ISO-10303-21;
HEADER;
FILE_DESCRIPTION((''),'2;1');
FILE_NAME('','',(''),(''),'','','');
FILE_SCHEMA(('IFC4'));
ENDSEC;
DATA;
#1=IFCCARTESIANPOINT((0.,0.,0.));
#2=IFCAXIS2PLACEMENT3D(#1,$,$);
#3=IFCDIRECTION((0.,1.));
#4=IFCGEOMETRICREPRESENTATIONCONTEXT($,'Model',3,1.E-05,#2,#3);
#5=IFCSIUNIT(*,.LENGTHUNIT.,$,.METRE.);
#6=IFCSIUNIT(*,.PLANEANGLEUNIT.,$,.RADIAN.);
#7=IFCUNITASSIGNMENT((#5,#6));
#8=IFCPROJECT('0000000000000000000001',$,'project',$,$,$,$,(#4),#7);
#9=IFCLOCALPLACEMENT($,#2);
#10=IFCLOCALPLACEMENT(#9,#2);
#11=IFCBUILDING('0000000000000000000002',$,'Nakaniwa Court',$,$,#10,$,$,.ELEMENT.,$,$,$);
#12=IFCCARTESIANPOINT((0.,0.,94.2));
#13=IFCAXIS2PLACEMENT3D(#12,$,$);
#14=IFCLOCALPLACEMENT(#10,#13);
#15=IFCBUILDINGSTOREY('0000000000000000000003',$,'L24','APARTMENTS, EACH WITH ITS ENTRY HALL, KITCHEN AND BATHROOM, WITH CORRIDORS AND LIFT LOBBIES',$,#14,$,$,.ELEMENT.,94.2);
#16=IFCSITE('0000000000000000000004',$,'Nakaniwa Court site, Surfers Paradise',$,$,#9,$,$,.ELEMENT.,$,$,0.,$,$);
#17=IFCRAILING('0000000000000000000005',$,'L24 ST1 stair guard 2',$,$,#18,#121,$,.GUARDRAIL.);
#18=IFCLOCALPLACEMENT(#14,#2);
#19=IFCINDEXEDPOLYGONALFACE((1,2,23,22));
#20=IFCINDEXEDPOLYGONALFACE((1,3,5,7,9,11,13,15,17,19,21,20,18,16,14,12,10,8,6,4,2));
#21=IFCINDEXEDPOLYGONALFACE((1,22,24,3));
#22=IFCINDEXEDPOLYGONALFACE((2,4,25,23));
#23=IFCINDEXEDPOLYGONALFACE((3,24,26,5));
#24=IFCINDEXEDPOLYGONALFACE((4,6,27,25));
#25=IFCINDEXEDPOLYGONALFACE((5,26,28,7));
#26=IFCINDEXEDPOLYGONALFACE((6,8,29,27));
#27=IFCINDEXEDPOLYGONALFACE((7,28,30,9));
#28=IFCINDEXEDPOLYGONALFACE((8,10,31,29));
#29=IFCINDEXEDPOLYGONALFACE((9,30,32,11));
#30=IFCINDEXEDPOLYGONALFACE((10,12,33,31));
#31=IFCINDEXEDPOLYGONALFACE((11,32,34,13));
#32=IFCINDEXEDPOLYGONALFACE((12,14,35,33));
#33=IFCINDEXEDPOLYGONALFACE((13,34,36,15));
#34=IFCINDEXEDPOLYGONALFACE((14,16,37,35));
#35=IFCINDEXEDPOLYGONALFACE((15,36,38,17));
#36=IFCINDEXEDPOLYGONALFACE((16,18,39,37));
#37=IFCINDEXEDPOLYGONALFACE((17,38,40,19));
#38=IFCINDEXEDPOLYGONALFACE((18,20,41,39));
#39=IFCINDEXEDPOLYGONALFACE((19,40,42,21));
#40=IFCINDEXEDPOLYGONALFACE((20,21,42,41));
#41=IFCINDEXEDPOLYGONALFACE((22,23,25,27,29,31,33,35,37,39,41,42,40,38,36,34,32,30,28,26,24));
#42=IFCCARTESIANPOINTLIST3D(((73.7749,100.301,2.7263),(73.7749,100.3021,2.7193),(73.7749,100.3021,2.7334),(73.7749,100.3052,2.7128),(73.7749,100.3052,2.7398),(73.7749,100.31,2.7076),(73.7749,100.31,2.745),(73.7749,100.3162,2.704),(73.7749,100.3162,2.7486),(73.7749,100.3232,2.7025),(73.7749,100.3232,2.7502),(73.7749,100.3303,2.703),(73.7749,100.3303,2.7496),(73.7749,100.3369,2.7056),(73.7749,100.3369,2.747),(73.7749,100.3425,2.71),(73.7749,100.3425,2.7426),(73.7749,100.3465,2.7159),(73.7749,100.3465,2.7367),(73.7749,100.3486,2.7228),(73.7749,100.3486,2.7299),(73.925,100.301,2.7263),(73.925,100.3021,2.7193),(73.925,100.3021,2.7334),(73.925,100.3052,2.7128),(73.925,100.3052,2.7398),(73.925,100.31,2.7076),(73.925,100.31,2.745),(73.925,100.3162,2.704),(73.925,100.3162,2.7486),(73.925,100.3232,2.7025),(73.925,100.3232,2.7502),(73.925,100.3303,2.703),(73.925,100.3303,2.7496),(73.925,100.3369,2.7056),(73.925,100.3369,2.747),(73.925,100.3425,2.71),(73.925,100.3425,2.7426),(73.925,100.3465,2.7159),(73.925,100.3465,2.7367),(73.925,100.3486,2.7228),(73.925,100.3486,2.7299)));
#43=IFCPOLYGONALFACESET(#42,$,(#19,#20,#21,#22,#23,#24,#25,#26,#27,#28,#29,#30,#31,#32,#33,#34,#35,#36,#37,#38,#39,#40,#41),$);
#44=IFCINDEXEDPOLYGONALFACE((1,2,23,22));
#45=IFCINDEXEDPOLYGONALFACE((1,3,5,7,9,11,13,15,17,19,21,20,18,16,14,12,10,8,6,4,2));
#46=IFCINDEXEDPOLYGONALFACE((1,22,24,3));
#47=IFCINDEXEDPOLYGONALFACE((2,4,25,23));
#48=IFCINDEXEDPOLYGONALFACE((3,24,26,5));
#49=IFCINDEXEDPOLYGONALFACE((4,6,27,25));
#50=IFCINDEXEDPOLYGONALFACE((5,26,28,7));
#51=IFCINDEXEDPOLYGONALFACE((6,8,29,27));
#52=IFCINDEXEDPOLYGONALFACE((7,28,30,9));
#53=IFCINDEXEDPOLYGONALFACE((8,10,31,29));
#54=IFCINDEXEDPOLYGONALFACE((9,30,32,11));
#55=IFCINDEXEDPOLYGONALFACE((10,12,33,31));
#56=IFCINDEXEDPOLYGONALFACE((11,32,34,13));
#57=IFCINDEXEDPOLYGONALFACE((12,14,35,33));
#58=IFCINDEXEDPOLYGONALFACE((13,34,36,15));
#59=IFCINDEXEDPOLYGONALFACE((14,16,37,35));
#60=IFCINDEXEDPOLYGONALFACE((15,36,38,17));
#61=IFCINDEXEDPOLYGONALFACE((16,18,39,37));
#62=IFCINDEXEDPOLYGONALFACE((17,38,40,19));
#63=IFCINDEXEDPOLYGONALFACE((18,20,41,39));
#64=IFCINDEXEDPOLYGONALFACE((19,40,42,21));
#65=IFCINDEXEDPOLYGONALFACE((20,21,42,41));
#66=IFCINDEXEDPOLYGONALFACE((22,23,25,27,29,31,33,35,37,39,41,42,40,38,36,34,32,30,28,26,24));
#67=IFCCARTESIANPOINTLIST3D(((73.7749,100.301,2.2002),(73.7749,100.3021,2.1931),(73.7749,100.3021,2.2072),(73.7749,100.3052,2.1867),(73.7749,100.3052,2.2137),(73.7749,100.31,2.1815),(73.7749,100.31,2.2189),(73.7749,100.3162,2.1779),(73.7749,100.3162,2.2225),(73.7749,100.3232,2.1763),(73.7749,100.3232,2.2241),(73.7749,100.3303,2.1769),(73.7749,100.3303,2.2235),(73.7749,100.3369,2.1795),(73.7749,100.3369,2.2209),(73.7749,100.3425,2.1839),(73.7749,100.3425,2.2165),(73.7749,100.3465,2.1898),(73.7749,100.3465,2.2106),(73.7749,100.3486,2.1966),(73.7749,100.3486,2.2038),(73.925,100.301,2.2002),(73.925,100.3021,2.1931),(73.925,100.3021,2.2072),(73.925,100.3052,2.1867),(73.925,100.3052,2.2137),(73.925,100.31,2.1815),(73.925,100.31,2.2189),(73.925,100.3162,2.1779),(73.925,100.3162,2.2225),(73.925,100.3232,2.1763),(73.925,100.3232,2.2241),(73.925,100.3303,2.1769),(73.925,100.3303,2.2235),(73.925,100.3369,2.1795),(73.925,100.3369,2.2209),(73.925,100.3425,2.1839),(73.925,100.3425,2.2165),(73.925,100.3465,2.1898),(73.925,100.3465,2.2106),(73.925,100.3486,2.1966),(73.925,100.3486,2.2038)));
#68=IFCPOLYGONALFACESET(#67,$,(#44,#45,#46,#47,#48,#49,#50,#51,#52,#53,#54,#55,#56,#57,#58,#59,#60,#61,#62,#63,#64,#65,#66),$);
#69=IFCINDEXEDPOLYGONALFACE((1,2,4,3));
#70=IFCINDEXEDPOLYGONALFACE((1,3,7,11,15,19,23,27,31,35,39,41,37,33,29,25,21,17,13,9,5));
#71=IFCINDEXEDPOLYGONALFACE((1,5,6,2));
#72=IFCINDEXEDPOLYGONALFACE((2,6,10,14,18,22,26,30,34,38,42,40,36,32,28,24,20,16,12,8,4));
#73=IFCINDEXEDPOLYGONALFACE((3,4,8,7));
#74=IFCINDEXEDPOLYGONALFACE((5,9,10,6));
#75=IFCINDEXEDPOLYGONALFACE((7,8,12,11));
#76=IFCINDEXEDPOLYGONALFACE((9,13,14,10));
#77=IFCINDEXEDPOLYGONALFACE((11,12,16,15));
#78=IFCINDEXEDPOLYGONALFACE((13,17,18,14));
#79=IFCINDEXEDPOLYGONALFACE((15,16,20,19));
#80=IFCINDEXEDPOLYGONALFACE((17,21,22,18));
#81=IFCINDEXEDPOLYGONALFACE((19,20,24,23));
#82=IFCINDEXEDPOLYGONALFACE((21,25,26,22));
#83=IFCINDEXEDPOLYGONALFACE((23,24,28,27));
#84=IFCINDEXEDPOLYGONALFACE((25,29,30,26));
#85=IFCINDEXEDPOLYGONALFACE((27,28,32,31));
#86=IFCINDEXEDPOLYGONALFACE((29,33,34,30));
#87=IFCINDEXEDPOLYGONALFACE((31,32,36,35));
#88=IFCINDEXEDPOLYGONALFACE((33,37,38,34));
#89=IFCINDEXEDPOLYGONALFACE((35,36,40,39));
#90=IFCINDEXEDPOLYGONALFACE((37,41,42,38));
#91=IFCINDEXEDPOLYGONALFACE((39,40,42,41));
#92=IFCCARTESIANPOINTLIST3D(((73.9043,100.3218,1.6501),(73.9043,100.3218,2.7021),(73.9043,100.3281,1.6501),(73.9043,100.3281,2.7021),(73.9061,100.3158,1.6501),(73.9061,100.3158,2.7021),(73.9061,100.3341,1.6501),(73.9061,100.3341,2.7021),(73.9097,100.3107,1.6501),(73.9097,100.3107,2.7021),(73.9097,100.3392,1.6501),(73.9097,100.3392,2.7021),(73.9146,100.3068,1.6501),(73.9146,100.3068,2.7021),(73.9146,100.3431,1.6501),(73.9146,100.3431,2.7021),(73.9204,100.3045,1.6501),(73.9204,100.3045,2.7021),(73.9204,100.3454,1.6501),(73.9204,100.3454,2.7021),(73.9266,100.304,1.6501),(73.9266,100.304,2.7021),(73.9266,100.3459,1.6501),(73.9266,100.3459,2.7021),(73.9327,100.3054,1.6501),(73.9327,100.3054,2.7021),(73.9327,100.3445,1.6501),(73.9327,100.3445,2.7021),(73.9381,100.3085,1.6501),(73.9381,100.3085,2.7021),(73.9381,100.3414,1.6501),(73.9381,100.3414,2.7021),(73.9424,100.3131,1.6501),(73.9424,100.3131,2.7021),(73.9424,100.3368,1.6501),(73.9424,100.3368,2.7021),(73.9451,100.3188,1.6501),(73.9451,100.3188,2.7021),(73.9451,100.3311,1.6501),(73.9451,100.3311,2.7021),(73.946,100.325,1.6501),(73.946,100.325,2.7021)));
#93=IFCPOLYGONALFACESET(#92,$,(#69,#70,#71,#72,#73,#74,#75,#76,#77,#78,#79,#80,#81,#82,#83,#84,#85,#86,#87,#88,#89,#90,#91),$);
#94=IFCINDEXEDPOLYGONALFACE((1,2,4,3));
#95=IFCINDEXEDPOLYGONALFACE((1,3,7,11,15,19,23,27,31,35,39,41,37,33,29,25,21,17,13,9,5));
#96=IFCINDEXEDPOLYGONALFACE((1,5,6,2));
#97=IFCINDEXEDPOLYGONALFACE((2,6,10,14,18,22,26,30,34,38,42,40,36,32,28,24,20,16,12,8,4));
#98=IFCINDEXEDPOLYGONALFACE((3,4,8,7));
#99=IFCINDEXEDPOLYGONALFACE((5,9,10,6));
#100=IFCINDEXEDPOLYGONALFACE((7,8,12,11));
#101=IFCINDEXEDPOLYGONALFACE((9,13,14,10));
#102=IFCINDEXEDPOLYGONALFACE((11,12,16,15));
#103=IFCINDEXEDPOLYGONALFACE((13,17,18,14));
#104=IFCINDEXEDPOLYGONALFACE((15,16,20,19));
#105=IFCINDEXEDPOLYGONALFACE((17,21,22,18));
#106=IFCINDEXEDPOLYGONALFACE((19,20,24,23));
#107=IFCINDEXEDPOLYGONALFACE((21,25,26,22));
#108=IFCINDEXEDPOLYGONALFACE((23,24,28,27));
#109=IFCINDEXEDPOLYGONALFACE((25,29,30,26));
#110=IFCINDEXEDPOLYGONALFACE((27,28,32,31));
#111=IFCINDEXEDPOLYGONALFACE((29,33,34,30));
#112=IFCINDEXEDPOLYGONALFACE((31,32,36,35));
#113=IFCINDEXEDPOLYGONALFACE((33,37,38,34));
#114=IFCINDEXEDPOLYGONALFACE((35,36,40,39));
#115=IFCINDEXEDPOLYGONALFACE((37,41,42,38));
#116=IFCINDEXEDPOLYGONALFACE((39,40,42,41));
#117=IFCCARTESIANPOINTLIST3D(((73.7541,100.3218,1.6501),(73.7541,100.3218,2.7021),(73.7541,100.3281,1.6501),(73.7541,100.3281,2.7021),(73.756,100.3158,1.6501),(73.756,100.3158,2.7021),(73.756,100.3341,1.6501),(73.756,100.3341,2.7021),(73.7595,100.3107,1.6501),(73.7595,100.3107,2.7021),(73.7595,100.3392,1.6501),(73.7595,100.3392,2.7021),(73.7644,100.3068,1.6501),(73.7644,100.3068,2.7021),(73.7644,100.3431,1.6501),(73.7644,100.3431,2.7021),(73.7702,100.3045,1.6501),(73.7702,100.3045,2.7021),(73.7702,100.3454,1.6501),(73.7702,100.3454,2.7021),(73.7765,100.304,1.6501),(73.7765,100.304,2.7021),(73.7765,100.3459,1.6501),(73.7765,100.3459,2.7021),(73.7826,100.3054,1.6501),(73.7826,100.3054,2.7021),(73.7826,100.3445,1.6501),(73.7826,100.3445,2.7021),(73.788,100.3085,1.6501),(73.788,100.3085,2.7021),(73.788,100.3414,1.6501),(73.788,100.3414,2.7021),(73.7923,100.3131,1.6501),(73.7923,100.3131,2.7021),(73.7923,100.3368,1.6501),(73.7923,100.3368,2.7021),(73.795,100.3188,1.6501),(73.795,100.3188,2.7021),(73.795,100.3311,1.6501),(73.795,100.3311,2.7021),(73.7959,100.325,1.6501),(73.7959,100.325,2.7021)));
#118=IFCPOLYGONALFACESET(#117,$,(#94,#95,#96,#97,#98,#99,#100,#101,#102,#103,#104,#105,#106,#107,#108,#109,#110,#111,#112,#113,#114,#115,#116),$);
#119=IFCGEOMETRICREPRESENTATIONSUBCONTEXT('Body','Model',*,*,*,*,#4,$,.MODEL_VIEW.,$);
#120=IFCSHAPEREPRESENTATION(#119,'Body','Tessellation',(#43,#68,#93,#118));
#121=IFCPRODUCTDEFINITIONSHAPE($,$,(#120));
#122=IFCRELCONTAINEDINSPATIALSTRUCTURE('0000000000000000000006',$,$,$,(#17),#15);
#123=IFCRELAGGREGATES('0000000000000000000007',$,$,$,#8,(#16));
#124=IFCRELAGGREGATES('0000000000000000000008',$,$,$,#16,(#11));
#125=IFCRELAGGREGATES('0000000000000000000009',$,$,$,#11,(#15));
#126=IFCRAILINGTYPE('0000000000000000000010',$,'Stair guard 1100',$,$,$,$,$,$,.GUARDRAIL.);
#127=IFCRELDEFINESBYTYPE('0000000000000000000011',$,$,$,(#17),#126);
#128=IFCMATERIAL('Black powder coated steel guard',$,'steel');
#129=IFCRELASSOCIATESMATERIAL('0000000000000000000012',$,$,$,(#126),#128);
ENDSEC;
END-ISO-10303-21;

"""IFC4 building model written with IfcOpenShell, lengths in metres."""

from ifc_helpers import new_model, si_unit, direction, frame, origin, origin_2d, place, context, subcontext, project, spatial, circle, extrude, material, type_object, element, save


model = new_model("IFC4")

# Units and contexts
model_context = context("Model", 3, precision=1e-05, world=origin(), true_north=direction((0.0, 1.0)))
body_context = subcontext(model_context, "Body", "Model", "MODEL_VIEW")
ifc_project = project(units=[si_unit("LENGTHUNIT", "METRE"), si_unit("PLANEANGLEUNIT", "RADIAN")], contexts=[model_context])

# Site, building, storey
site_placement = place(None, origin())
site = spatial("IfcSite", under=ifc_project, at=site_placement, Name="Nakaniwa Court site, Surfers Paradise", CompositionType="ELEMENT", RefElevation=0.0)
building_placement = place(site_placement, origin())
building = spatial("IfcBuilding", under=site, at=building_placement, Name="Nakaniwa Court", CompositionType="ELEMENT")
storey_placement = place(building_placement, frame((0.0, 0.0, 94.2)))
storey = spatial("IfcBuildingStorey", under=building, at=storey_placement, Name="L24", Description="APARTMENTS, EACH WITH ITS ENTRY HALL, KITCHEN AND BATHROOM, WITH CORRIDORS AND LIFT LOBBIES", CompositionType="ELEMENT", Elevation=94.2)

# Railing
ifc_material_1 = material(Name="Black powder coated steel guard", Category="steel")
railing_type_1 = type_object("IfcRailingType", Name="Stair guard 1100", PredefinedType="GUARDRAIL", material=ifc_material_1)
railing_1_placement = place(storey_placement, frame((73.925, 100.325, 1.6501)))
element("IfcRailing", 1, at=railing_1_placement, inside=storey, type_object=railing_type_1, Name="L24 ST1 stair guard 2", PredefinedType="GUARDRAIL", context=body_context, shape_type="SweptSolid", body=[
    extrude(circle(Radius=0.0239, at=origin_2d()), frame((0.0, 0.0, 1.0762), z_axis=(-1.0, 0.0, 0.0), x_axis=(0.0, -1.0, 0.0)), (0.0, 0.0, 1.0), 0.1501),
    extrude(circle(Radius=0.0239, at=origin_2d()), frame((0.0, 0.0, 0.55), z_axis=(-1.0, 0.0, 0.0), x_axis=(0.0, -1.0, 0.0)), (0.0, 0.0, 1.0), 0.1501),
    extrude(circle(Radius=0.021, at=origin_2d()), origin(), (0.0, 0.0, 1.0), 1.052),
    extrude(circle(Radius=0.021, at=origin_2d()), frame((-0.1501, 0.0, 0.0)), (0.0, 0.0, 1.0), 1.052),
])

save(model, "model.ifc")
